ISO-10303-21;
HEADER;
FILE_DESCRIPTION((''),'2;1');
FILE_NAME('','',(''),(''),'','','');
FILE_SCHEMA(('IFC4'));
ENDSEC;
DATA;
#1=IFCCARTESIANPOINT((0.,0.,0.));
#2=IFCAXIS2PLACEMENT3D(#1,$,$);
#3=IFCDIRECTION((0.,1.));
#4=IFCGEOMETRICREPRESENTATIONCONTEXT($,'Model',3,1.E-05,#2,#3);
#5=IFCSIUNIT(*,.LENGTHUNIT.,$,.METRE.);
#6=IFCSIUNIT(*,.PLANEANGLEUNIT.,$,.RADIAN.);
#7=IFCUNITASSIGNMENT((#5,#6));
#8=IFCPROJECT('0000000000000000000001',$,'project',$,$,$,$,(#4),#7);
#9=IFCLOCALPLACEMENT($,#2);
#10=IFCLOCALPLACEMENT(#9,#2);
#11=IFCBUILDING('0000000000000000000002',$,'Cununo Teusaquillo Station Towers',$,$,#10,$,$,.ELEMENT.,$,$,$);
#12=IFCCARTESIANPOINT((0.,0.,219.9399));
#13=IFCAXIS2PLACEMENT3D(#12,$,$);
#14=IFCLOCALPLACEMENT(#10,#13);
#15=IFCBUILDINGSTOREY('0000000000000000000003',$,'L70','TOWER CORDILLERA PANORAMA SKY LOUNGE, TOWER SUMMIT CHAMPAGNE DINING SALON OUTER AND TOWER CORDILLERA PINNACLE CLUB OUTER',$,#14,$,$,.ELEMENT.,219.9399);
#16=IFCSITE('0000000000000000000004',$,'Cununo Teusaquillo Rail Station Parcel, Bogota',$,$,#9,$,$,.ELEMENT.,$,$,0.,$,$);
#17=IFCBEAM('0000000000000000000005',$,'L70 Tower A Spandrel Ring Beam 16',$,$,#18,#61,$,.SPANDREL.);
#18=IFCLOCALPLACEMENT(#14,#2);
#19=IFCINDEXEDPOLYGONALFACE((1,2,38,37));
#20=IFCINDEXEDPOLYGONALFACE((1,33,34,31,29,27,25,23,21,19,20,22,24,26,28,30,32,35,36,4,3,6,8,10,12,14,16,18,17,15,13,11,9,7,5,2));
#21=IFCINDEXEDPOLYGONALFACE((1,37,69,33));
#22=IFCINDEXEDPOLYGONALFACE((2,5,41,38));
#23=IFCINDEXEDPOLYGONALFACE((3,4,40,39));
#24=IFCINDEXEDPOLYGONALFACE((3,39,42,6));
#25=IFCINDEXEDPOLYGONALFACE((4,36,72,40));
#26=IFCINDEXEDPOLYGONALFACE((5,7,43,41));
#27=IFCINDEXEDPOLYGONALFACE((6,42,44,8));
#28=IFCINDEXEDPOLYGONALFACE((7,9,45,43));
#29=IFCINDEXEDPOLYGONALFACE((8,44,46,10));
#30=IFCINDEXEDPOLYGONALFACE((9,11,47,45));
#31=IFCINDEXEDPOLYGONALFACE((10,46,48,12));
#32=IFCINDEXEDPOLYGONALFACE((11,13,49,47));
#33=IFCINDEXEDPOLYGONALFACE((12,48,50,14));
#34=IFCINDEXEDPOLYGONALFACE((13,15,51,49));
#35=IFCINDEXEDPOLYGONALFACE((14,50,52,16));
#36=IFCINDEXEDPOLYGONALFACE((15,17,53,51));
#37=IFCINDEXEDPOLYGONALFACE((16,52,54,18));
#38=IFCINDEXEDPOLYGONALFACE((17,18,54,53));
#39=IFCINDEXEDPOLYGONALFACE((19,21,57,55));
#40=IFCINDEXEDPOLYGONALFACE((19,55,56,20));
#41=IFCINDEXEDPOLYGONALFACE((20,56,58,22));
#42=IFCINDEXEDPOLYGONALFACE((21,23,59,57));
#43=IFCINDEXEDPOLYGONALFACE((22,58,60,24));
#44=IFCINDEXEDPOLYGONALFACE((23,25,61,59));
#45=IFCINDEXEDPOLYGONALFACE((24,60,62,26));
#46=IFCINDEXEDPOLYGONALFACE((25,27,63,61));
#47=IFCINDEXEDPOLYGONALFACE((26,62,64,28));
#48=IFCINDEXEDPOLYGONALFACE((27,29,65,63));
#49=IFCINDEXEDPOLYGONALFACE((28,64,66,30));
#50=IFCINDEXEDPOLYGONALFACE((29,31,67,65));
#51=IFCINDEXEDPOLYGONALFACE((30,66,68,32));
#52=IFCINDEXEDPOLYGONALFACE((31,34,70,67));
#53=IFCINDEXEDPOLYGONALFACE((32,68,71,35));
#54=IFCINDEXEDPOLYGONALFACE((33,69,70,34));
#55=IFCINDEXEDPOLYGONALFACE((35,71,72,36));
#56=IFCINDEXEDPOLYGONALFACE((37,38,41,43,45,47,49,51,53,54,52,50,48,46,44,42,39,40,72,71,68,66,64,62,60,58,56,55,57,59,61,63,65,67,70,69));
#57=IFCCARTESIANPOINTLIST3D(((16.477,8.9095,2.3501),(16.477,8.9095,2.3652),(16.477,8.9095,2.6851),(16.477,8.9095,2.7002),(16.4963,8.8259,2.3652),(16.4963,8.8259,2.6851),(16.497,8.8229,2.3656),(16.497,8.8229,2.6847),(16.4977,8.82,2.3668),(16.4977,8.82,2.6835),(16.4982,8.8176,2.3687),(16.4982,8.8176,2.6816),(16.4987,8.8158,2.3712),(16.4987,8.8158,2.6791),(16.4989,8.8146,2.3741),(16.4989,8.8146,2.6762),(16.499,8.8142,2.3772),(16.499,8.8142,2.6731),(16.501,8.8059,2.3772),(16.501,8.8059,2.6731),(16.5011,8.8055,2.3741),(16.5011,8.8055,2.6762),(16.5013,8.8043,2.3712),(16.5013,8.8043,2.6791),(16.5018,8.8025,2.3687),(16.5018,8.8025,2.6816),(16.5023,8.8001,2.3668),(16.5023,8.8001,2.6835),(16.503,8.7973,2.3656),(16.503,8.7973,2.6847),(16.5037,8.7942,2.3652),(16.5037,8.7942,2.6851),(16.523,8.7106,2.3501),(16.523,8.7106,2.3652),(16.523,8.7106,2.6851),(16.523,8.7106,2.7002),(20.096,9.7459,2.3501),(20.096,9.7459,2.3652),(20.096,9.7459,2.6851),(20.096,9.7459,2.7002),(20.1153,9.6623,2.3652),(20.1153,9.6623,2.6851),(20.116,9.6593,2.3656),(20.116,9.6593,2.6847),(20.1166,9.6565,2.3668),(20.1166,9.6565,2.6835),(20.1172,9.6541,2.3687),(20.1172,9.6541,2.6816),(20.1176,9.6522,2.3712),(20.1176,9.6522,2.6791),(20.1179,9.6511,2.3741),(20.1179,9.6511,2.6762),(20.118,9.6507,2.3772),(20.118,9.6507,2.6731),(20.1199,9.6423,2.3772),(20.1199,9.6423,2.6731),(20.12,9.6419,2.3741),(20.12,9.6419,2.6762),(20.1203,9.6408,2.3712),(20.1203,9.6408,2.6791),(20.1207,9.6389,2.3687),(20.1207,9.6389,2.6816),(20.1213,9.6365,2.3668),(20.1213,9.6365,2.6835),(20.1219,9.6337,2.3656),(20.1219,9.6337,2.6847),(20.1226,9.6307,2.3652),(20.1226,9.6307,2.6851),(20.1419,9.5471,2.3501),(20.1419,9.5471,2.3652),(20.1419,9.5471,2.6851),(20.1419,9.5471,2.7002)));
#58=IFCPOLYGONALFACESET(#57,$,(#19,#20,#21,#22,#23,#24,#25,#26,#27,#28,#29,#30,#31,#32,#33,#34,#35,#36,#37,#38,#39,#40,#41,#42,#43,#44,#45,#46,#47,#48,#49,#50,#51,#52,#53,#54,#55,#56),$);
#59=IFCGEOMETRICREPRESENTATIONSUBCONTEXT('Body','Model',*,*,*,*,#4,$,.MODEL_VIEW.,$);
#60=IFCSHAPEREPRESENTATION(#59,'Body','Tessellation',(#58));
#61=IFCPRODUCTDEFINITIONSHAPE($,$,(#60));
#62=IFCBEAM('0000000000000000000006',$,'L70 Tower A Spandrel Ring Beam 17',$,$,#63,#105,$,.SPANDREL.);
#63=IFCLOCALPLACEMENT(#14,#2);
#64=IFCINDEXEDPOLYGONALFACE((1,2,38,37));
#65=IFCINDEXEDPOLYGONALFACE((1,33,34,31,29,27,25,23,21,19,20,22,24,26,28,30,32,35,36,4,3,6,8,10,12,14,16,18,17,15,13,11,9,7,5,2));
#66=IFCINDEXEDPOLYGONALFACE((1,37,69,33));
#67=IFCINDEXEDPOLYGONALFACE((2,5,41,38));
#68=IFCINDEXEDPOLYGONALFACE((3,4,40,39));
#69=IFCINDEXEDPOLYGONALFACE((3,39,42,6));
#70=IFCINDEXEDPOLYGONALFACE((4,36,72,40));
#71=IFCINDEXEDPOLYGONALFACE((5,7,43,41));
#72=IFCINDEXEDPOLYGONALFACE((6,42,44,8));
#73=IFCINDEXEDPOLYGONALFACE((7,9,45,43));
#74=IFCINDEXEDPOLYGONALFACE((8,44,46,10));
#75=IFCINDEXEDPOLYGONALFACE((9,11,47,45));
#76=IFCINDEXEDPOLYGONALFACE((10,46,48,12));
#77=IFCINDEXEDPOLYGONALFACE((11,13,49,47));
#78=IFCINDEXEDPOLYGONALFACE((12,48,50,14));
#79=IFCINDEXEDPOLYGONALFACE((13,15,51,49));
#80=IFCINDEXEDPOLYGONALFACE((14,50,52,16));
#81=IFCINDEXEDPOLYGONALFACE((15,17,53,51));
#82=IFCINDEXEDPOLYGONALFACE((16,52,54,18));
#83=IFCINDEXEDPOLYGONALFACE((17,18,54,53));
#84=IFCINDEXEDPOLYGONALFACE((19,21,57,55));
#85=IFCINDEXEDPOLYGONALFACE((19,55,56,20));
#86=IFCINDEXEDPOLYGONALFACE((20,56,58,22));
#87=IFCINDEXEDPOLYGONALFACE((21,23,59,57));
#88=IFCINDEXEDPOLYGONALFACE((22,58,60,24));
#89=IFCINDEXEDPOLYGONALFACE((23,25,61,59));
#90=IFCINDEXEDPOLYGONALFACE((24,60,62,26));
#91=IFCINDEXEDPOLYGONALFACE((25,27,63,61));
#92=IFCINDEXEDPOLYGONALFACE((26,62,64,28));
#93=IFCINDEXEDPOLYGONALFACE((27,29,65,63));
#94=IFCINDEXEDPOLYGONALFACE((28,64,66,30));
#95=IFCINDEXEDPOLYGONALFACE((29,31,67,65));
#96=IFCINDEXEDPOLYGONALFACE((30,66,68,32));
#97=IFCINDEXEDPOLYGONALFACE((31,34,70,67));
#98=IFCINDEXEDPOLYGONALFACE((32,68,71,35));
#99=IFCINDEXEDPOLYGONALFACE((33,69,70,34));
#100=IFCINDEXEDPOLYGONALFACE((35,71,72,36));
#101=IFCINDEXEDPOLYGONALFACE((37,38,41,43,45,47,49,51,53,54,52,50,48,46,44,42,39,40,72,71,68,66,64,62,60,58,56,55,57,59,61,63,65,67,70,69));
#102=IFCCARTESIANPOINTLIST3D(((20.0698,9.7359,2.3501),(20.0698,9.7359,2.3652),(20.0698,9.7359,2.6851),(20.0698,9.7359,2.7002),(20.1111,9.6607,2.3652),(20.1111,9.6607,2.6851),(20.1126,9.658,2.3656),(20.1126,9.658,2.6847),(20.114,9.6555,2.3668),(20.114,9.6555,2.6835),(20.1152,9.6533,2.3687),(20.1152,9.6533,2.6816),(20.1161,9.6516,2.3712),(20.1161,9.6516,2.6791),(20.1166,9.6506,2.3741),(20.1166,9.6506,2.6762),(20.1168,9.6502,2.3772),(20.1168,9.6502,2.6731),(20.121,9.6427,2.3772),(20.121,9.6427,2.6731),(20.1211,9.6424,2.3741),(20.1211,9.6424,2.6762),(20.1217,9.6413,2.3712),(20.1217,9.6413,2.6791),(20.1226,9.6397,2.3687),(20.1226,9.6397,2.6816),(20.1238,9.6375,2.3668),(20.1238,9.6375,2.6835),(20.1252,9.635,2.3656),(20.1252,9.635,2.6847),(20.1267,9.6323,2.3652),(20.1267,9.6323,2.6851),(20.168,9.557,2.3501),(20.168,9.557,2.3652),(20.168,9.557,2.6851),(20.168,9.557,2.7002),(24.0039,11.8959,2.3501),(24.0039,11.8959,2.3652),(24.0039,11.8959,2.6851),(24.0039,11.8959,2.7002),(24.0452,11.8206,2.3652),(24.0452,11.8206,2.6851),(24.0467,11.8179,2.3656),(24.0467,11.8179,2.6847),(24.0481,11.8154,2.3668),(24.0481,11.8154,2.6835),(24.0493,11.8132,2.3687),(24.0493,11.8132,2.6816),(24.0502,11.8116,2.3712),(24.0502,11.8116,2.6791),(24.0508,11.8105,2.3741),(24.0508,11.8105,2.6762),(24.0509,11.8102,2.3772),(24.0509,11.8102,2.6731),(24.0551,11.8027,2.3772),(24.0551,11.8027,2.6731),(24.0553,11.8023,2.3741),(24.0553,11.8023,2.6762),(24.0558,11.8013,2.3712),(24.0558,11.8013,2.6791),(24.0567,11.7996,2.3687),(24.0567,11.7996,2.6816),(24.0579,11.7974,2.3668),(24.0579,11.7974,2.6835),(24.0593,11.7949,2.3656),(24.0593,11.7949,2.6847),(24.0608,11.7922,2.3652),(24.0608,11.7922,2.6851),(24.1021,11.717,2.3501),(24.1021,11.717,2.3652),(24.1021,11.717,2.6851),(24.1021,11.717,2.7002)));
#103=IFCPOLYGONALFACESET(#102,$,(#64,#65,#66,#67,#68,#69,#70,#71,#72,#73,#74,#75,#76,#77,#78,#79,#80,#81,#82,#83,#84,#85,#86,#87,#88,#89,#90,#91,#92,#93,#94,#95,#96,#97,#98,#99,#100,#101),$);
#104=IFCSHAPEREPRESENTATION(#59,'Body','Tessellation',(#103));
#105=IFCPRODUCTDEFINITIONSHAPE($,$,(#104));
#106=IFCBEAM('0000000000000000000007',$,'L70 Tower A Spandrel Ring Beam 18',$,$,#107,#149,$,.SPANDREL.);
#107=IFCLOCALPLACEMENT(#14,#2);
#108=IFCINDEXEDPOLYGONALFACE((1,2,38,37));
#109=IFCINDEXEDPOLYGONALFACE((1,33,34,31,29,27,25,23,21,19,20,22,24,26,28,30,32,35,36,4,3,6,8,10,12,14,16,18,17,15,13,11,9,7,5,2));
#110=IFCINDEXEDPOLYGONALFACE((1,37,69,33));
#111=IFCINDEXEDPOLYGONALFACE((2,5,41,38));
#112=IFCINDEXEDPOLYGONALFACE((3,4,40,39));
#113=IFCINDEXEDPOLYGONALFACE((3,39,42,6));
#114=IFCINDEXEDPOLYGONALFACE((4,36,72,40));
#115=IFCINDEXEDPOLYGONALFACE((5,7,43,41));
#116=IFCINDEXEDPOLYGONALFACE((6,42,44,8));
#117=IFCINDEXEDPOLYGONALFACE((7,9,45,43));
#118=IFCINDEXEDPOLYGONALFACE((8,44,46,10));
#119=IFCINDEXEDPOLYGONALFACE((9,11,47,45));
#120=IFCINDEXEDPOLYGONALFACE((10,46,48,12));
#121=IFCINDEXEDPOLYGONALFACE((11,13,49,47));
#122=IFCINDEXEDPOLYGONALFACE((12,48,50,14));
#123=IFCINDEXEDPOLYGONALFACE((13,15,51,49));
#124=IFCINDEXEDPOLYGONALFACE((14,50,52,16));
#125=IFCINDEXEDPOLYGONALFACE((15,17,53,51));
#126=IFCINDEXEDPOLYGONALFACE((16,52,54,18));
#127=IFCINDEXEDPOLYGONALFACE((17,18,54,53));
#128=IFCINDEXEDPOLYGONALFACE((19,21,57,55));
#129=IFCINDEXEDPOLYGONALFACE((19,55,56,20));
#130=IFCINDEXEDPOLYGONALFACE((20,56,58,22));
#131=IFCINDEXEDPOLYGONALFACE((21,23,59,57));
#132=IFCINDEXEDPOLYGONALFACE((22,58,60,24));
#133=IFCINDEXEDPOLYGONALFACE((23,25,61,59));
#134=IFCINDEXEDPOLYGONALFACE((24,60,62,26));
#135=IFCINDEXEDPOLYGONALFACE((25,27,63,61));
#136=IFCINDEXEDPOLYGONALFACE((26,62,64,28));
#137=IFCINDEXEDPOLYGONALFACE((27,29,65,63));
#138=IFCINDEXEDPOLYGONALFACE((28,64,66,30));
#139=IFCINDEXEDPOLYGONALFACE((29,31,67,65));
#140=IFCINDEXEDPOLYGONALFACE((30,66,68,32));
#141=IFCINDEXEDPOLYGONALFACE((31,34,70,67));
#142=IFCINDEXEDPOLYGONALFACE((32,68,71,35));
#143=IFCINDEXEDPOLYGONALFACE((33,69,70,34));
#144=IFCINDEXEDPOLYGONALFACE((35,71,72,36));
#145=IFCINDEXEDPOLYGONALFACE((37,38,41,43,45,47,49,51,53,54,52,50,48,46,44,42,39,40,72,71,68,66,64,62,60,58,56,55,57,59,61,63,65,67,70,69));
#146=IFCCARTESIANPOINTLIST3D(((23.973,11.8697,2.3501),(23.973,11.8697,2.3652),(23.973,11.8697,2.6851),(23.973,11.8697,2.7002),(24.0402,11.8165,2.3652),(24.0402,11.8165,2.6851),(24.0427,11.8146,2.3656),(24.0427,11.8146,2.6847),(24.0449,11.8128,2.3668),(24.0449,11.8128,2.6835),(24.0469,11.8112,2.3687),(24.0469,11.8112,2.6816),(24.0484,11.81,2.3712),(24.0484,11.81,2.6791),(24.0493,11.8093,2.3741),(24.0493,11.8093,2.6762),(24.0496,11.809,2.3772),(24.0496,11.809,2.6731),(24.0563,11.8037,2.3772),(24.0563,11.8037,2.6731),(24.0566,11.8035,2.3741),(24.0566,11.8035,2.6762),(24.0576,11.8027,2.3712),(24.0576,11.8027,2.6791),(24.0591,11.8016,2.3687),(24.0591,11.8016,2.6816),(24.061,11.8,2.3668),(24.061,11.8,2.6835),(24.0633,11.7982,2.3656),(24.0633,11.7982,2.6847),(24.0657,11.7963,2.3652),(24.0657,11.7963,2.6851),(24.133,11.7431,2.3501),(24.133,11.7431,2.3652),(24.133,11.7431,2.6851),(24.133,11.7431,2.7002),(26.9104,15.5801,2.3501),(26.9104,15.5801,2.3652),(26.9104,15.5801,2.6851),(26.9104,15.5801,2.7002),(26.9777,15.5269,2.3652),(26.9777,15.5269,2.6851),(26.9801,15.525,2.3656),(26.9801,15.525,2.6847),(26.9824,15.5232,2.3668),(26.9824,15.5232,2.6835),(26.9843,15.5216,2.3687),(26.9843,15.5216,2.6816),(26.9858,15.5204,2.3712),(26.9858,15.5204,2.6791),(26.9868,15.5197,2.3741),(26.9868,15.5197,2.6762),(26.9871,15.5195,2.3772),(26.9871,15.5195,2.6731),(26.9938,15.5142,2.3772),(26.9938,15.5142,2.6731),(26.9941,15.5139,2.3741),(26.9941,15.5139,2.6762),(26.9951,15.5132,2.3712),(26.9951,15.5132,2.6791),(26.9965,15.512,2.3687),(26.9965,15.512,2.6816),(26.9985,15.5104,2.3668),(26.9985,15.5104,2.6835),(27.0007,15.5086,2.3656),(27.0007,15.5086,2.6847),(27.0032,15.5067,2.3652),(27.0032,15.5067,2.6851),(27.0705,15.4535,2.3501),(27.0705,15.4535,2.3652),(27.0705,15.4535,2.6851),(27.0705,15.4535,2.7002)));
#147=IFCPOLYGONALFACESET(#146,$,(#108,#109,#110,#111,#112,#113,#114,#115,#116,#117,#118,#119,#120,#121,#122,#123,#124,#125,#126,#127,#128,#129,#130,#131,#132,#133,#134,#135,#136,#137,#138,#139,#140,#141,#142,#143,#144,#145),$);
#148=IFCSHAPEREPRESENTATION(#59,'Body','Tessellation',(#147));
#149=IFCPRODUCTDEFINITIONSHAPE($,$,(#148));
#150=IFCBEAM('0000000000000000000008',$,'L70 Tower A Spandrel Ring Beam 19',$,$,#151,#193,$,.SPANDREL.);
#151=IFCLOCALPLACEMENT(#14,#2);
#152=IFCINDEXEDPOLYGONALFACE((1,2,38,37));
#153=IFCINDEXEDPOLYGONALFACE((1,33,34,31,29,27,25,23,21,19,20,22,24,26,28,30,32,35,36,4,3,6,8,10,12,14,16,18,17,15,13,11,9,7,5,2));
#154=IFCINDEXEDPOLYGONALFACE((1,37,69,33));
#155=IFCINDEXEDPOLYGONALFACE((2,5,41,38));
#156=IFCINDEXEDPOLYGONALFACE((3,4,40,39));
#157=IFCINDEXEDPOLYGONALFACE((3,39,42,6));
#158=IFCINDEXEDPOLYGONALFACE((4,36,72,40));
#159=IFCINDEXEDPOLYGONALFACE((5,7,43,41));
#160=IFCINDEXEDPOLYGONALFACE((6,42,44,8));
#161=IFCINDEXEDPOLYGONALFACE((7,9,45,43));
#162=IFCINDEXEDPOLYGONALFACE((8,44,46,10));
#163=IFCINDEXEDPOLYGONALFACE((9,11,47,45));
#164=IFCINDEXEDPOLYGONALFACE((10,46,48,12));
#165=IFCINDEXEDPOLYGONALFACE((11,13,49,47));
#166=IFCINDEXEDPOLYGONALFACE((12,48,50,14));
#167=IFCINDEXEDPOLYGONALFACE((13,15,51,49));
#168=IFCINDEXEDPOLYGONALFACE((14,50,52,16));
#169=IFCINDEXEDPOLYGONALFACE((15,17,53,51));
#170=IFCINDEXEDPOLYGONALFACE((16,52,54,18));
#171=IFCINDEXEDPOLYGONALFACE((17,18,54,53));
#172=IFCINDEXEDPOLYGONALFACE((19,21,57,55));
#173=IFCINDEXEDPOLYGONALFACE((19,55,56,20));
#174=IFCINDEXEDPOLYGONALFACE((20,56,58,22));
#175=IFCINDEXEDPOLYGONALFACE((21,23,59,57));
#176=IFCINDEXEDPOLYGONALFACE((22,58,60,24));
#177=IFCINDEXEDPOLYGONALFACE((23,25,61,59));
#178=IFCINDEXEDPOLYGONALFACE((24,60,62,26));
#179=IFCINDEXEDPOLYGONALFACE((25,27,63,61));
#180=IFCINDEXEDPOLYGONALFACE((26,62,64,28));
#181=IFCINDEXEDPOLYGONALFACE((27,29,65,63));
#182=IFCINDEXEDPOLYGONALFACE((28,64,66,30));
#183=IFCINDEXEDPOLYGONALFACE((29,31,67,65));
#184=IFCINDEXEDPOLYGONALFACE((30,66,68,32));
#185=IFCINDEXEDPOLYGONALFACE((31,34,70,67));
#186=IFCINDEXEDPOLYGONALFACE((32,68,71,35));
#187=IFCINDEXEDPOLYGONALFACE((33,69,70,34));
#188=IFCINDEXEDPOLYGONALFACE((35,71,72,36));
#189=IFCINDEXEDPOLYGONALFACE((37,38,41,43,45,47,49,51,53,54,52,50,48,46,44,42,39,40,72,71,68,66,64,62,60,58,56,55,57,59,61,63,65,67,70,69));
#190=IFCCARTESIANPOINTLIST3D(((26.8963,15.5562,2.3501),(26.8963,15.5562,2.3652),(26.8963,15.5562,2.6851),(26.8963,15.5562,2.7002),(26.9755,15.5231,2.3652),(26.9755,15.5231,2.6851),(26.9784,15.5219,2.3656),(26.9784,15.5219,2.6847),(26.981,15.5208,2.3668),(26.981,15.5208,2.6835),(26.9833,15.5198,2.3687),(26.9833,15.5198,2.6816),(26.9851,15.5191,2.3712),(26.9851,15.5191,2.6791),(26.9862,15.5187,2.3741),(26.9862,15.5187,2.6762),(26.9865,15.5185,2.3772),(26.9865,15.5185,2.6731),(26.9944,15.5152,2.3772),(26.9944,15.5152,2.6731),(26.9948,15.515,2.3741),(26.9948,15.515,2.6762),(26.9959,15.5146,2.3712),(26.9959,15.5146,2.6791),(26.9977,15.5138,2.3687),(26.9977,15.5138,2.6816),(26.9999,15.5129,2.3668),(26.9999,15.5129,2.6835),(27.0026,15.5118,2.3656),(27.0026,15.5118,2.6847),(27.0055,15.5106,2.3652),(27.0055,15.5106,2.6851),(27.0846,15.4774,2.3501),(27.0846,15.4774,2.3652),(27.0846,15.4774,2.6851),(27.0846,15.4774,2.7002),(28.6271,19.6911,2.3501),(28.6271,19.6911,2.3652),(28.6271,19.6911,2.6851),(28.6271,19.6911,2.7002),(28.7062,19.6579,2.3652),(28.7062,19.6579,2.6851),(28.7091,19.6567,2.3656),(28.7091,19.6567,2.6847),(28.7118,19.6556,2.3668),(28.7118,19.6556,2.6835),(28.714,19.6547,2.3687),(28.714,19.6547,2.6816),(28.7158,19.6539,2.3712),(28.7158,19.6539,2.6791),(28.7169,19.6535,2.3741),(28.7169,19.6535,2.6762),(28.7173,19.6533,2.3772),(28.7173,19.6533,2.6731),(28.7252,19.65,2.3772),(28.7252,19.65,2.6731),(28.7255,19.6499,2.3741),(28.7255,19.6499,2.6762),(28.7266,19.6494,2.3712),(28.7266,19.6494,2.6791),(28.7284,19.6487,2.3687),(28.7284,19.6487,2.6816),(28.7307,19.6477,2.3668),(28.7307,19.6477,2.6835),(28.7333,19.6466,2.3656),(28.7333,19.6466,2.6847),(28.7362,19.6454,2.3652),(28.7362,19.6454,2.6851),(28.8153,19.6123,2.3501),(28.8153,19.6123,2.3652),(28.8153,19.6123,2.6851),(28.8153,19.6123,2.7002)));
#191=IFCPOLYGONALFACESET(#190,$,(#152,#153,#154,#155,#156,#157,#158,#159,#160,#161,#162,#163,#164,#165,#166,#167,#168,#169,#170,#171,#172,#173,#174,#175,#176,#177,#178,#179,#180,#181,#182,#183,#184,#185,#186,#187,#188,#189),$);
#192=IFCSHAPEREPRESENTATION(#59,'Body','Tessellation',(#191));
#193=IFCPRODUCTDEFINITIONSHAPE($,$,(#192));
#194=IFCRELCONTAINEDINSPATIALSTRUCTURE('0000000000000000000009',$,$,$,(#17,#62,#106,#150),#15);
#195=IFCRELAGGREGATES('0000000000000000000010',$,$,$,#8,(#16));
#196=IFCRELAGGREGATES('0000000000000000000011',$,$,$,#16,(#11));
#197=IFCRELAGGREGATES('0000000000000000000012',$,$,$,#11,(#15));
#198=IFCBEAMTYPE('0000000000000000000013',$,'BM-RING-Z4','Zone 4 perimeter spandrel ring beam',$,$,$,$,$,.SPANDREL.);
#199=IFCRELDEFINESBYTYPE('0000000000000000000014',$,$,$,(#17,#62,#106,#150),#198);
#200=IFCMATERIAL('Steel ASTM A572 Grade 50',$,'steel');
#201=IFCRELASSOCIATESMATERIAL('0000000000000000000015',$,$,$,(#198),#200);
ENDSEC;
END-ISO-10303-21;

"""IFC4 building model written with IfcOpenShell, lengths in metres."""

from ifc_helpers import new_model, si_unit, direction, frame, origin, origin_2d, place, context, subcontext, project, spatial, i_section, extrude, material, material_profile, profile_set, type_object, element, save


model = new_model("IFC4")

# Units and contexts
model_context = context("Model", 3, precision=1e-05, world=origin(), true_north=direction((0.0, 1.0)))
body_context = subcontext(model_context, "Body", "Model", "MODEL_VIEW")
ifc_project = project(units=[si_unit("LENGTHUNIT", "METRE"), si_unit("PLANEANGLEUNIT", "RADIAN")], contexts=[model_context])

# Site, building, storey
site_placement = place(None, origin())
site = spatial("IfcSite", under=ifc_project, at=site_placement, Name="Cununo Teusaquillo Rail Station Parcel, Bogota", CompositionType="ELEMENT", RefElevation=0.0)
building_placement = place(site_placement, origin())
building = spatial("IfcBuilding", under=site, at=building_placement, Name="Cununo Teusaquillo Station Towers", CompositionType="ELEMENT")
storey_placement = place(building_placement, frame((0.0, 0.0, 219.9399)))
storey = spatial("IfcBuildingStorey", under=building, at=storey_placement, Name="L70", Description="TOWER CORDILLERA PANORAMA SKY LOUNGE, TOWER SUMMIT CHAMPAGNE DINING SALON OUTER AND TOWER CORDILLERA PINNACLE CLUB OUTER", CompositionType="ELEMENT", Elevation=219.9399)

# Beams
ifc_material_1 = material(Name="Steel ASTM A572 Grade 50", Category="steel")
ifc_material_profile_1 = material_profile(ifc_material_1, i_section(OverallWidth=0.2041, OverallDepth=0.3501, WebThickness=0.0085, FlangeThickness=0.0151, FilletRadius=0.012, at=origin_2d()), Name="W14X48")
ifc_profile_set_1 = profile_set([ifc_material_profile_1], Name="Steel ASTM A572 Grade 50")
beam_type_1 = type_object("IfcBeamType", Name="BM-RING-Z4", Description="Zone 4 perimeter spandrel ring beam", PredefinedType="SPANDREL", material=ifc_profile_set_1)
beam_1_placement = place(storey_placement, frame((16.5, 8.8101, 2.5251), z_axis=(0.974315, 0.225191, 0.0), x_axis=(-0.225191, 0.974315, 0.0)))
element("IfcBeam", 1, at=beam_1_placement, inside=storey, type_object=beam_type_1, Name="L70 Tower A Spandrel Ring Beam 16", PredefinedType="SPANDREL", context=body_context, shape_type="SweptSolid", body=[
    extrude(i_section(OverallWidth=0.2041, OverallDepth=0.3501, WebThickness=0.0085, FlangeThickness=0.0151, FilletRadius=0.012, at=origin_2d()), origin(), (0.0, 0.0, 1.0), 3.7144),
])
beam_2_placement = place(storey_placement, frame((20.1189, 9.6465, 2.5251), z_axis=(0.876576, 0.481263, 0.0), x_axis=(-0.481263, 0.876576, 0.0)))
element("IfcBeam", 2, at=beam_2_placement, inside=storey, type_object=beam_type_1, Name="L70 Tower A Spandrel Ring Beam 17", PredefinedType="SPANDREL", context=body_context, shape_type="SweptSolid", body=[
    extrude(i_section(OverallWidth=0.2041, OverallDepth=0.3501, WebThickness=0.0085, FlangeThickness=0.0151, FilletRadius=0.012, at=origin_2d()), origin(), (0.0, 0.0, 1.0), 4.488),
])
beam_3_placement = place(storey_placement, frame((24.053, 11.8064, 2.5251), z_axis=(0.620711, 0.78404, 0.0), x_axis=(-0.78404, 0.620711, 0.0)))
element("IfcBeam", 3, at=beam_3_placement, inside=storey, type_object=beam_type_1, Name="L70 Tower A Spandrel Ring Beam 18", PredefinedType="SPANDREL", context=body_context, shape_type="SweptSolid", body=[
    extrude(i_section(OverallWidth=0.2041, OverallDepth=0.3501, WebThickness=0.0085, FlangeThickness=0.0151, FilletRadius=0.012, at=origin_2d()), origin(), (0.0, 0.0, 1.0), 4.7324),
])
beam_4_placement = place(storey_placement, frame((26.9905, 15.5168, 2.5251), z_axis=(0.386115, 0.92245, 0.0), x_axis=(-0.92245, 0.386115, 0.0)))
element("IfcBeam", 4, at=beam_4_placement, inside=storey, type_object=beam_type_1, Name="L70 Tower A Spandrel Ring Beam 19", PredefinedType="SPANDREL", context=body_context, shape_type="SweptSolid", body=[
    extrude(i_section(OverallWidth=0.2041, OverallDepth=0.3501, WebThickness=0.0085, FlangeThickness=0.0151, FilletRadius=0.012, at=origin_2d()), origin(), (0.0, 0.0, 1.0), 4.4824),
])

save(model, "model.ifc")
